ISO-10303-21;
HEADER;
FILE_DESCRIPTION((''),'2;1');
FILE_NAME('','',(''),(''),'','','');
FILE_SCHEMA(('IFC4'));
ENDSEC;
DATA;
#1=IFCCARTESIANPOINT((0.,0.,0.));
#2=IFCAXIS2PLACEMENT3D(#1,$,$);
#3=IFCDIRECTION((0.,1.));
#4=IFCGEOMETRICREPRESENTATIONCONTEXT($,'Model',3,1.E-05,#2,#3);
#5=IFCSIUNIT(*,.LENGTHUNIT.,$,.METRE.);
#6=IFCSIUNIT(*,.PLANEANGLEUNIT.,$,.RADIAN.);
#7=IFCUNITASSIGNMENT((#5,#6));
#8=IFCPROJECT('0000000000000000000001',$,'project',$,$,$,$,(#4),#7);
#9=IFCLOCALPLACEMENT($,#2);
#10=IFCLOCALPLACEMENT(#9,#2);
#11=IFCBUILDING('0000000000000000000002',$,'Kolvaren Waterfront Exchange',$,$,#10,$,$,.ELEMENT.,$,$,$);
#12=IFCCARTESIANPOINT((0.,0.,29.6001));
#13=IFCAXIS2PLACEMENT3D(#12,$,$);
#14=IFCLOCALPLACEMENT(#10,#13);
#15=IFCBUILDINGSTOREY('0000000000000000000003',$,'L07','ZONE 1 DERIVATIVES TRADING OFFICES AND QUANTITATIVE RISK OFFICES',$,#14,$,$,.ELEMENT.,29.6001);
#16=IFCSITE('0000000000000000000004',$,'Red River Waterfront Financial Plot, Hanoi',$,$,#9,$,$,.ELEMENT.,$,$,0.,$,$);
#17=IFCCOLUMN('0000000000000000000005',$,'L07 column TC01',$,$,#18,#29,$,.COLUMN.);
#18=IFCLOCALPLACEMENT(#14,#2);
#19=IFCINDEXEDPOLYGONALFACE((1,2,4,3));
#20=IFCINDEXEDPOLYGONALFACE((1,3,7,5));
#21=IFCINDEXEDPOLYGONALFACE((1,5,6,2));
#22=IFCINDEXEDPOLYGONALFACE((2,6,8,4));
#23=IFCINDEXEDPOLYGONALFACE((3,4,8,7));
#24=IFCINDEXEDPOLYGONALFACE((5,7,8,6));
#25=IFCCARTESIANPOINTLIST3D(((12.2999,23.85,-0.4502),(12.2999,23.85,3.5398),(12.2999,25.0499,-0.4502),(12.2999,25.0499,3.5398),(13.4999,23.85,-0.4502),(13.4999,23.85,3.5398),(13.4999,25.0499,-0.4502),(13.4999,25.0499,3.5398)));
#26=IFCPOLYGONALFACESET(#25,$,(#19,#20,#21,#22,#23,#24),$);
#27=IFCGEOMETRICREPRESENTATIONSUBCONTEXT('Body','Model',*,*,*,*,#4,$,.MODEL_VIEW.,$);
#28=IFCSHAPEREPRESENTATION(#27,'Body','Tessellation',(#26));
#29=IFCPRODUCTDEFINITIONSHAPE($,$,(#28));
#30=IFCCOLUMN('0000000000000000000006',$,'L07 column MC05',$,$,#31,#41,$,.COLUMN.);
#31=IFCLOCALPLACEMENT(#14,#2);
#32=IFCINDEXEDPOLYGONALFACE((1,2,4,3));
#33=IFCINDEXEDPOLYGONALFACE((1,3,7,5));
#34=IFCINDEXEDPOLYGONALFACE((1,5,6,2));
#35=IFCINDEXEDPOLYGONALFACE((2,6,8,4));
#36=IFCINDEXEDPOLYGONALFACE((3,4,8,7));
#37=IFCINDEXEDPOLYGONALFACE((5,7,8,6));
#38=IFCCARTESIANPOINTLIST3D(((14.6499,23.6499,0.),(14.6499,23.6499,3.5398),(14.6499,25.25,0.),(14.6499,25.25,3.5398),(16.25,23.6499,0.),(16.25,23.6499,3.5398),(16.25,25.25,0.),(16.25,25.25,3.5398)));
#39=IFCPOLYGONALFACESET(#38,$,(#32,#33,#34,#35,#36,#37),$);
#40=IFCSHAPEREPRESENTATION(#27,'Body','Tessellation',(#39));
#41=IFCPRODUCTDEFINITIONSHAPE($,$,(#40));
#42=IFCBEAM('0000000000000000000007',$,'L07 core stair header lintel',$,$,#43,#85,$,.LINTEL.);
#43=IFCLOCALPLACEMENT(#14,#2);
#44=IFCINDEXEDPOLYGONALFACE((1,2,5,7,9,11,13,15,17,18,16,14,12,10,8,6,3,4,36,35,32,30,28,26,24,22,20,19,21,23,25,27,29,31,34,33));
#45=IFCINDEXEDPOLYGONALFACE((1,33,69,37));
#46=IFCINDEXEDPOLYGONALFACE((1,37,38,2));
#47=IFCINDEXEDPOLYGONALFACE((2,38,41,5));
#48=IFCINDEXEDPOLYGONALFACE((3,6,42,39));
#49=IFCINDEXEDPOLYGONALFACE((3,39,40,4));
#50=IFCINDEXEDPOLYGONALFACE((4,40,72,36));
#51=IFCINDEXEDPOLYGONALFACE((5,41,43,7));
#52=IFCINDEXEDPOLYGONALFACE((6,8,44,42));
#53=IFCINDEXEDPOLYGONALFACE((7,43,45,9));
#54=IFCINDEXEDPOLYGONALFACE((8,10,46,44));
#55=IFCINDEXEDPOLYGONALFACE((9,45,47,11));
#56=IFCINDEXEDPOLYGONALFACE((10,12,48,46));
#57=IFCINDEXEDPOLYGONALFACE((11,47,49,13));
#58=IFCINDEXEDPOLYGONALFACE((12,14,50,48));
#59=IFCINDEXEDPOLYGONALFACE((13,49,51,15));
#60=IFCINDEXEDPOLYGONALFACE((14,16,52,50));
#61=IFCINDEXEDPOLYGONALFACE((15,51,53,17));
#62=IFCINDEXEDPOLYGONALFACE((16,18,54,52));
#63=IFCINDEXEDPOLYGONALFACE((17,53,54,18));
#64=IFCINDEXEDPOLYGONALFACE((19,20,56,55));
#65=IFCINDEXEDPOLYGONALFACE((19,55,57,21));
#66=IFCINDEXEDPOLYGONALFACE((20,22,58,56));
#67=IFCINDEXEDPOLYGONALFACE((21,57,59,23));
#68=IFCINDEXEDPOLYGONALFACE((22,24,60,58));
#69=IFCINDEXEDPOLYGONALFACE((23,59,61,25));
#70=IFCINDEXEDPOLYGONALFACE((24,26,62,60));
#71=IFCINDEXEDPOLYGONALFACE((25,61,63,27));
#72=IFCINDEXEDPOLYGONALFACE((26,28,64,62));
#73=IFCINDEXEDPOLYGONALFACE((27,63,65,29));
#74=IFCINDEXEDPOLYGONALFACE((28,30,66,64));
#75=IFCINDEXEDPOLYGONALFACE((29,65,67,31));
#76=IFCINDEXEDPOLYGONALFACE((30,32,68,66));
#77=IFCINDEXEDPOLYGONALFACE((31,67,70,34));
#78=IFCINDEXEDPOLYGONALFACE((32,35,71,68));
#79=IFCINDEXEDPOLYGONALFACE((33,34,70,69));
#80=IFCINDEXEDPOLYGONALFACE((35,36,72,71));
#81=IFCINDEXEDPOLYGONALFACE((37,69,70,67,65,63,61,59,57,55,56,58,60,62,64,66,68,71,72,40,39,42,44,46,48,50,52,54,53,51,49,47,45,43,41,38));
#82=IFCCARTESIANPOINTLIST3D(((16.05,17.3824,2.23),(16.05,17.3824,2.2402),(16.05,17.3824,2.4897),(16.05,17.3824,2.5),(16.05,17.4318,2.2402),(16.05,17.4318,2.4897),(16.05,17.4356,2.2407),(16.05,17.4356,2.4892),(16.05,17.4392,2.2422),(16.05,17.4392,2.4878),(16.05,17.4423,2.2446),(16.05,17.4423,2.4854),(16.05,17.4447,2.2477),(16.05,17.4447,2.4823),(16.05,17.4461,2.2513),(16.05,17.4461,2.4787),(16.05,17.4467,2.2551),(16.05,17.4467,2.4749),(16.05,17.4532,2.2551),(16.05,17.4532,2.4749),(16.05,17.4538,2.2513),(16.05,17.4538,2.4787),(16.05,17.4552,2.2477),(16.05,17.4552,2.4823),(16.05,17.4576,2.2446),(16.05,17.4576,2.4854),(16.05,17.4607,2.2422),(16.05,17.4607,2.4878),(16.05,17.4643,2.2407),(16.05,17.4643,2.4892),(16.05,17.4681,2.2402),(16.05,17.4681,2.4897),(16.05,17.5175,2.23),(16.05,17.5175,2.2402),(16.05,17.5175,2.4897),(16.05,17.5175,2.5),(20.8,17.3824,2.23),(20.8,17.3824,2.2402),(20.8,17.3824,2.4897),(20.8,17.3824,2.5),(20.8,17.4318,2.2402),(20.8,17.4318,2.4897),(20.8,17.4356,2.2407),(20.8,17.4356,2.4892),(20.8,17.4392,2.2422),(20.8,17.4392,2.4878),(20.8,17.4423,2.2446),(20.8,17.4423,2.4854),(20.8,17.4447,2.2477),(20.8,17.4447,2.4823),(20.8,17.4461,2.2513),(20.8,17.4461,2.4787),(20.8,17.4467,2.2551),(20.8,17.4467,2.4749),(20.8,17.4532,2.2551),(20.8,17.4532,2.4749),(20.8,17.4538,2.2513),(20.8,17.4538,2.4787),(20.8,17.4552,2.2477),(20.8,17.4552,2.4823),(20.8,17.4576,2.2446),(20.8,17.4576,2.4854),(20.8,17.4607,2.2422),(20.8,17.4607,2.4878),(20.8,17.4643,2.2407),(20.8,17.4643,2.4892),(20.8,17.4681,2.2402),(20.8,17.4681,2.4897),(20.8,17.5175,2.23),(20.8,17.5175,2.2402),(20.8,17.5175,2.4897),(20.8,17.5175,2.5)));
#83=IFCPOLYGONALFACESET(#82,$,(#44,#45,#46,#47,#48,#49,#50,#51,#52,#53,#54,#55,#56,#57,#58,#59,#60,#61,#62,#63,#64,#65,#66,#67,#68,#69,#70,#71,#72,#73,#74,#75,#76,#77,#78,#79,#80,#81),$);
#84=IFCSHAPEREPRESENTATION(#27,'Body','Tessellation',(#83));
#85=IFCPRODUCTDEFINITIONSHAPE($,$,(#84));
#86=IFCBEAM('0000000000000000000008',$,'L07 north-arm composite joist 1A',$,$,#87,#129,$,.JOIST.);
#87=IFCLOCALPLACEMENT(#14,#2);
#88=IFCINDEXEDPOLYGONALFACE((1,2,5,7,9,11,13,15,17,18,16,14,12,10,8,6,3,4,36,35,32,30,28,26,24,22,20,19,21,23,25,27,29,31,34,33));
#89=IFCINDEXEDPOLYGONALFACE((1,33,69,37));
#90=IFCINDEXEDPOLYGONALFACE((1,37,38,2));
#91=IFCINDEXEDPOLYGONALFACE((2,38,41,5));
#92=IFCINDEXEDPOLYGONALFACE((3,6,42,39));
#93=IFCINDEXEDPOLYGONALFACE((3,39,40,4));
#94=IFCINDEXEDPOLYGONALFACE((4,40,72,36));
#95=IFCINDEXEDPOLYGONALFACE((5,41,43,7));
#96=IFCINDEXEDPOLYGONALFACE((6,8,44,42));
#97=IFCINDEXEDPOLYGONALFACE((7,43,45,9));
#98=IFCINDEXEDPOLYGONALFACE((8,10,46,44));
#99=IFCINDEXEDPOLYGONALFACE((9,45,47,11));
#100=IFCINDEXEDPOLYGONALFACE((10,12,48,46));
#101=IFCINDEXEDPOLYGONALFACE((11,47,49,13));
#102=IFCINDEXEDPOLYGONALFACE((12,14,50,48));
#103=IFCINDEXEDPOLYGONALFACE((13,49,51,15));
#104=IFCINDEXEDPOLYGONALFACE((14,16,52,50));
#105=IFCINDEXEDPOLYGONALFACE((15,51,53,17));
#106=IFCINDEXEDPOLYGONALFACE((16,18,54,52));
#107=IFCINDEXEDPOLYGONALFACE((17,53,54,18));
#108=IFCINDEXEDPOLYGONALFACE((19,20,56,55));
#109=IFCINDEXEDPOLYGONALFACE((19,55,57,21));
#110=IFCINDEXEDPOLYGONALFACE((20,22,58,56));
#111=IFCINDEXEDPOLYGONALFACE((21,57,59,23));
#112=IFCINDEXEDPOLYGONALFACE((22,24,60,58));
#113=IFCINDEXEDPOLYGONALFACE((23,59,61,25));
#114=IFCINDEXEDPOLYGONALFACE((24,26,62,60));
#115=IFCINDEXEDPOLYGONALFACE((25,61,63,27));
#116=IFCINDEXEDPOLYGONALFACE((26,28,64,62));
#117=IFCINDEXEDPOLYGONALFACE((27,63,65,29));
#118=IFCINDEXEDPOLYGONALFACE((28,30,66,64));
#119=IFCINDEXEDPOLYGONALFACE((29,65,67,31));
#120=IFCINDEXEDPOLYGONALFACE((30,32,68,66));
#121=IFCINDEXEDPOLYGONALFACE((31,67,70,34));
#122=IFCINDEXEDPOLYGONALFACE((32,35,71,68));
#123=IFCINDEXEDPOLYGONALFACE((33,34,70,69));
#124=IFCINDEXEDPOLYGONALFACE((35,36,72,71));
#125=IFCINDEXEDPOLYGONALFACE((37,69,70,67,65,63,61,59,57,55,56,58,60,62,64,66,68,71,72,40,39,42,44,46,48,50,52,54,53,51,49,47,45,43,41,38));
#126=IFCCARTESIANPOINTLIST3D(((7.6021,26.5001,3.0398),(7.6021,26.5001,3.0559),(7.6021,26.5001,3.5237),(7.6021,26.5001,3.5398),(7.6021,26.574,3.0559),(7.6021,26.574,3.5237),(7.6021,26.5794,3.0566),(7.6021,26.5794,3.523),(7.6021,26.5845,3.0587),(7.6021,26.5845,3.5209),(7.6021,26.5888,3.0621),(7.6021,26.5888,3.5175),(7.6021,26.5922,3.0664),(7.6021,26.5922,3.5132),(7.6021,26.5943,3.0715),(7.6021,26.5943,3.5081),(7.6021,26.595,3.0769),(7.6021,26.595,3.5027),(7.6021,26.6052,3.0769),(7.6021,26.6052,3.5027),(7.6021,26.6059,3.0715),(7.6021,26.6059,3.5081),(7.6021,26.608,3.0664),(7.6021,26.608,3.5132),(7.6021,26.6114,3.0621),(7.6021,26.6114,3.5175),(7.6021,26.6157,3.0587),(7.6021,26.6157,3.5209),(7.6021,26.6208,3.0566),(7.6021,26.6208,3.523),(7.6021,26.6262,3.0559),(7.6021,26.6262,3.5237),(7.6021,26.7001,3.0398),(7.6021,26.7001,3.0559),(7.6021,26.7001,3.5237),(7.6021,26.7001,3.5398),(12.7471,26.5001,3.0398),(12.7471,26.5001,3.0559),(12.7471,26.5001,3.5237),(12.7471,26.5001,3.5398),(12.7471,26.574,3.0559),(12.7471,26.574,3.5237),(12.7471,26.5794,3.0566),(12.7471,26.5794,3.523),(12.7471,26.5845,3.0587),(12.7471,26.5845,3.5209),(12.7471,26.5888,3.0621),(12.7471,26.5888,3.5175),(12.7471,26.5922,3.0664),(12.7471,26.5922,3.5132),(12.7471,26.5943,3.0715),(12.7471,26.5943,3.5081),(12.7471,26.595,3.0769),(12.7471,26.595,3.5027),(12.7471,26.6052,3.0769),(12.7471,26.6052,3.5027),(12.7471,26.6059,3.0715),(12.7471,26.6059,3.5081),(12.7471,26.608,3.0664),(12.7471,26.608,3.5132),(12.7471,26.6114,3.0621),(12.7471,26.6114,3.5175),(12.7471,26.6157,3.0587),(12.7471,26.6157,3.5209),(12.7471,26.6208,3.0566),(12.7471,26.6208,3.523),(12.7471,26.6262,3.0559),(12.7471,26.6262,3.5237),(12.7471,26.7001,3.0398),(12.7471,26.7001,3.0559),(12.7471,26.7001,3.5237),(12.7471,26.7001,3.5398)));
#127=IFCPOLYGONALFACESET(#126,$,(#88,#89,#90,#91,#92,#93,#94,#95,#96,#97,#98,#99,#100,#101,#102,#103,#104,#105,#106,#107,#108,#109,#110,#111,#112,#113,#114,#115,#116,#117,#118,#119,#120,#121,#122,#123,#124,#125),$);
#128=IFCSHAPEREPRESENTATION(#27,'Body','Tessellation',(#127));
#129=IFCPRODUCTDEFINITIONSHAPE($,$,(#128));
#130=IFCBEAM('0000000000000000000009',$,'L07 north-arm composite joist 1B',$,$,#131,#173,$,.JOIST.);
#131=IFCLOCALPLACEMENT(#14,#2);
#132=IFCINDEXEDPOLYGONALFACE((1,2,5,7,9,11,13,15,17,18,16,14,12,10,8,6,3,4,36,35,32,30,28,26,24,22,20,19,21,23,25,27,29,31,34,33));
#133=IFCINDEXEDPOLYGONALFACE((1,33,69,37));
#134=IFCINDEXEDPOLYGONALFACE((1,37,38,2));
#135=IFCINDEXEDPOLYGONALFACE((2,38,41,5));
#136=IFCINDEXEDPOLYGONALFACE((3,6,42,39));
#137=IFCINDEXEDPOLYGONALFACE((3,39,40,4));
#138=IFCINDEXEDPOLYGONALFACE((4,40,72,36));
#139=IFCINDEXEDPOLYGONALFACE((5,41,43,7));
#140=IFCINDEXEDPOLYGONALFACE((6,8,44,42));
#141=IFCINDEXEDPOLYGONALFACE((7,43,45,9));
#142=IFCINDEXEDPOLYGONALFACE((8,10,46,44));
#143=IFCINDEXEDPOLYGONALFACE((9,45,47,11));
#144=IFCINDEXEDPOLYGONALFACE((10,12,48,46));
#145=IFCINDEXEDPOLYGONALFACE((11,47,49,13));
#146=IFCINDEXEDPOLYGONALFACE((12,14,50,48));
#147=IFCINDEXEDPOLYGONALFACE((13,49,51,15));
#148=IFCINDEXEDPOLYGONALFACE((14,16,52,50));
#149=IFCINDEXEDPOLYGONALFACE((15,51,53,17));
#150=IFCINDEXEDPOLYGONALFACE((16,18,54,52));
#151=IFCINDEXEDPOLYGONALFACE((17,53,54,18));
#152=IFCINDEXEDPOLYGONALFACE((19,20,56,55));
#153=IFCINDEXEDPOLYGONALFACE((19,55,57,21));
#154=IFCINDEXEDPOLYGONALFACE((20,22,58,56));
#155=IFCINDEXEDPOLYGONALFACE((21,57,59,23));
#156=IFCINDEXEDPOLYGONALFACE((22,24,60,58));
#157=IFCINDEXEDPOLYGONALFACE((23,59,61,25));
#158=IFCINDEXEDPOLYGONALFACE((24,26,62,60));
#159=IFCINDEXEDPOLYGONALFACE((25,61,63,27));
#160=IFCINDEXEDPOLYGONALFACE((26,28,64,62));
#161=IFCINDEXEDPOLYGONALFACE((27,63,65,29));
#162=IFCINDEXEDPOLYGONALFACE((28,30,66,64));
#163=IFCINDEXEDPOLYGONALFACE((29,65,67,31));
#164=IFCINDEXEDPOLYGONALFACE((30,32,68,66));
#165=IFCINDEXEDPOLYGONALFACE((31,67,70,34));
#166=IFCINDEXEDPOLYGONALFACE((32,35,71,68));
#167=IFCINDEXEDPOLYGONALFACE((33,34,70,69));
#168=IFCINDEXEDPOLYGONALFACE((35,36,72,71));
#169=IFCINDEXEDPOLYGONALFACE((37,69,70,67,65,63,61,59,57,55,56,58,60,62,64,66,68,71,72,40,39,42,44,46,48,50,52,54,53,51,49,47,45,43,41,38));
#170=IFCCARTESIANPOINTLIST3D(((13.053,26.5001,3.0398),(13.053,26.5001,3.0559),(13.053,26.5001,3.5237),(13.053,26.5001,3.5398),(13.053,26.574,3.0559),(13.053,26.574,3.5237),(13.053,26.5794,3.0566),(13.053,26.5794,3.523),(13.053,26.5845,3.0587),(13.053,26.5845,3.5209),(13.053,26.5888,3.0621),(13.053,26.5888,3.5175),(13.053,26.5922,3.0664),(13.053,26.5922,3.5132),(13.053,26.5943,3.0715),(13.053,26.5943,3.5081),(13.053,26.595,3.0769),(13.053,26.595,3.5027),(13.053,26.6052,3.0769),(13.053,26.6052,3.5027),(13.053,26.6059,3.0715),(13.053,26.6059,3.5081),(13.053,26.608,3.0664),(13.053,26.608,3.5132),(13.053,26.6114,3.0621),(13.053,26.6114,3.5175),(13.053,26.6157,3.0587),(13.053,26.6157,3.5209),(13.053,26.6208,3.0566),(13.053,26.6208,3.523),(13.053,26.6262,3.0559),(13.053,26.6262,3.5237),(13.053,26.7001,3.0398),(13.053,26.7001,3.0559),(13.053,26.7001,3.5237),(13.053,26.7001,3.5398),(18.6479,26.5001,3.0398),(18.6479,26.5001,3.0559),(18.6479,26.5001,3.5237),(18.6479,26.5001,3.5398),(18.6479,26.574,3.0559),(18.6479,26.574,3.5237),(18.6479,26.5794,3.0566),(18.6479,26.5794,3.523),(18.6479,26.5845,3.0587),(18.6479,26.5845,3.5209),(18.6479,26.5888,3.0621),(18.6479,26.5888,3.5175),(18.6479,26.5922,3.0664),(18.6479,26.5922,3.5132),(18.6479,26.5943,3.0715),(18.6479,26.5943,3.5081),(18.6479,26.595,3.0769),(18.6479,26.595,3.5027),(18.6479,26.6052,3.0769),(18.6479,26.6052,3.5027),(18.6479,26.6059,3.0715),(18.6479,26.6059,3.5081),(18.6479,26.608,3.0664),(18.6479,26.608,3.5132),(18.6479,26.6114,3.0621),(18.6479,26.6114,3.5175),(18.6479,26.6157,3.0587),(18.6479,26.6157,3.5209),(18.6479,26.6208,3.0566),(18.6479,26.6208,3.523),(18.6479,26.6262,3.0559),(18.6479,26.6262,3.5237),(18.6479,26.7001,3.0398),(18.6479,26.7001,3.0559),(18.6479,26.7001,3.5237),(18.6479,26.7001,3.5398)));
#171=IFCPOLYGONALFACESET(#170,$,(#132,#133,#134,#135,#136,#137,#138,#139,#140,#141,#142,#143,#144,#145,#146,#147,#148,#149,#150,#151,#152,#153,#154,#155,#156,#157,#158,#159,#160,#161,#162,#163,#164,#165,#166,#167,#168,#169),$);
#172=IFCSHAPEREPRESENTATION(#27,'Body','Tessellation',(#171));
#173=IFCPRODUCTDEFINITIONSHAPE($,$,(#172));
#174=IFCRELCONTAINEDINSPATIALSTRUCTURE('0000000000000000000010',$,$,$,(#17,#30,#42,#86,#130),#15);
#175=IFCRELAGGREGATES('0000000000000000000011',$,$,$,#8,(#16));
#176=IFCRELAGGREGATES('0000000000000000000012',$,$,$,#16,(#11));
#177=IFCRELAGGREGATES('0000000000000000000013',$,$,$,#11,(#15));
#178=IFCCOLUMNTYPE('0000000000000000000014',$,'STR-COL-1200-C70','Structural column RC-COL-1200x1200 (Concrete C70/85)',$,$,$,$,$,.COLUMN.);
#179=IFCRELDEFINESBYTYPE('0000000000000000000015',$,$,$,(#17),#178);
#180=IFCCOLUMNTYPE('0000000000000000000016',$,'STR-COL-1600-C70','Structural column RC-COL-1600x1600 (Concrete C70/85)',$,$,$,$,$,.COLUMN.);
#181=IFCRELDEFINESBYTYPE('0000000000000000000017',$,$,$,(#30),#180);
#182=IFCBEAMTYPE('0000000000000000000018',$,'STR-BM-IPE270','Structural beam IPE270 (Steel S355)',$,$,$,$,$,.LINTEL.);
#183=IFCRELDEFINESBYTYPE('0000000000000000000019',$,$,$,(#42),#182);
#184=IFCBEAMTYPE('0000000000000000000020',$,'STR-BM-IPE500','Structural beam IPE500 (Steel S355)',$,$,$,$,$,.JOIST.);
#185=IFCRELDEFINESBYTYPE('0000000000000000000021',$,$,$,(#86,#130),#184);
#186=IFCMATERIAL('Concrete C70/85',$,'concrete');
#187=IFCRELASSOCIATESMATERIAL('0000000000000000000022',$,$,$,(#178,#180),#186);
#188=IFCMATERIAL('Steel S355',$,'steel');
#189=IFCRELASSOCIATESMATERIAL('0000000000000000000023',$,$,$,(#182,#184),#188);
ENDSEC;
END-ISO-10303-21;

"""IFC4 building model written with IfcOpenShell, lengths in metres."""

from ifc_helpers import new_model, si_unit, direction, frame, origin, origin_2d, place, context, subcontext, project, spatial, rectangle, i_section, extrude, material, material_profile, profile_set, type_object, element, save


model = new_model("IFC4")

# Units and contexts
model_context = context("Model", 3, precision=1e-05, world=origin(), true_north=direction((0.0, 1.0)))
body_context = subcontext(model_context, "Body", "Model", "MODEL_VIEW")
ifc_project = project(units=[si_unit("LENGTHUNIT", "METRE"), si_unit("PLANEANGLEUNIT", "RADIAN")], contexts=[model_context])

# Site, building, storey
site_placement = place(None, origin())
site = spatial("IfcSite", under=ifc_project, at=site_placement, Name="Red River Waterfront Financial Plot, Hanoi", CompositionType="ELEMENT", RefElevation=0.0)
building_placement = place(site_placement, origin())
building = spatial("IfcBuilding", under=site, at=building_placement, Name="Kolvaren Waterfront Exchange", CompositionType="ELEMENT")
storey_placement = place(building_placement, frame((0.0, 0.0, 29.6001)))
storey = spatial("IfcBuildingStorey", under=building, at=storey_placement, Name="L07", Description="ZONE 1 DERIVATIVES TRADING OFFICES AND QUANTITATIVE RISK OFFICES", CompositionType="ELEMENT", Elevation=29.6001)

# Columns
ifc_material_1 = material(Name="Concrete C70/85", Category="concrete")
ifc_material_profile_1 = material_profile(ifc_material_1, rectangle(XDim=1.2, YDim=1.2, at=origin_2d()), Name="RC-COL-1200x1200")
ifc_profile_set_1 = profile_set([ifc_material_profile_1], Name="Concrete C70/85")
column_type_1 = type_object("IfcColumnType", Name="STR-COL-1200-C70", Description="Structural column RC-COL-1200x1200 (Concrete C70/85)", PredefinedType="COLUMN", material=ifc_profile_set_1)
column_1_placement = place(storey_placement, frame((12.8999, 24.45, -0.4502), z_axis=(0.0, 0.0, 1.0), x_axis=(1.0, 0.0, 0.0)))
element("IfcColumn", 1, at=column_1_placement, inside=storey, type_object=column_type_1, Name="L07 column TC01", PredefinedType="COLUMN", context=body_context, shape_type="SweptSolid", body=[
    extrude(rectangle(XDim=1.2, YDim=1.2, at=origin_2d()), origin(), (0.0, 0.0, 1.0), 3.99),
])
ifc_material_profile_2 = material_profile(ifc_material_1, rectangle(XDim=1.6001, YDim=1.6001, at=origin_2d()), Name="RC-COL-1600x1600")
ifc_profile_set_2 = profile_set([ifc_material_profile_2], Name="Concrete C70/85")
column_type_2 = type_object("IfcColumnType", Name="STR-COL-1600-C70", Description="Structural column RC-COL-1600x1600 (Concrete C70/85)", PredefinedType="COLUMN", material=ifc_profile_set_2)
column_2_placement = place(storey_placement, frame((15.45, 24.45, 0.0), z_axis=(0.0, 0.0, 1.0), x_axis=(1.0, 0.0, 0.0)))
element("IfcColumn", 2, at=column_2_placement, inside=storey, type_object=column_type_2, Name="L07 column MC05", PredefinedType="COLUMN", context=body_context, shape_type="SweptSolid", body=[
    extrude(rectangle(XDim=1.6001, YDim=1.6001, at=origin_2d()), origin(), (0.0, 0.0, 1.0), 3.5398),
])

# Beams
ifc_material_2 = material(Name="Steel S355", Category="steel")
ifc_material_profile_3 = material_profile(ifc_material_2, i_section(OverallWidth=0.135, OverallDepth=0.27, WebThickness=0.0066, FlangeThickness=0.0103, FilletRadius=0.0149, at=origin_2d()), Name="IPE270")
ifc_profile_set_3 = profile_set([ifc_material_profile_3], Name="Steel S355")
beam_type_1 = type_object("IfcBeamType", Name="STR-BM-IPE270", Description="Structural beam IPE270 (Steel S355)", PredefinedType="LINTEL", material=ifc_profile_set_3)
beam_1_placement = place(storey_placement, frame((16.05, 17.45, 2.365), z_axis=(1.0, 0.0, 0.0), x_axis=(0.0, 1.0, 0.0)))
element("IfcBeam", 3, at=beam_1_placement, inside=storey, type_object=beam_type_1, Name="L07 core stair header lintel", PredefinedType="LINTEL", context=body_context, shape_type="SweptSolid", body=[
    extrude(i_section(OverallWidth=0.135, OverallDepth=0.27, WebThickness=0.0066, FlangeThickness=0.0103, FilletRadius=0.0149, at=origin_2d()), origin(), (0.0, 0.0, 1.0), 4.75),
])
ifc_material_profile_4 = material_profile(ifc_material_2, i_section(OverallWidth=0.2, OverallDepth=0.5, WebThickness=0.0103, FlangeThickness=0.0161, FilletRadius=0.021, at=origin_2d()), Name="IPE500")
ifc_profile_set_4 = profile_set([ifc_material_profile_4], Name="Steel S355")
beam_type_2 = type_object("IfcBeamType", Name="STR-BM-IPE500", Description="Structural beam IPE500 (Steel S355)", PredefinedType="JOIST", material=ifc_profile_set_4)
beam_2_placement = place(storey_placement, frame((7.6021, 26.6001, 3.2898), z_axis=(1.0, 0.0, 0.0), x_axis=(0.0, 1.0, 0.0)))
element("IfcBeam", 4, at=beam_2_placement, inside=storey, type_object=beam_type_2, Name="L07 north-arm composite joist 1A", PredefinedType="JOIST", context=body_context, shape_type="SweptSolid", body=[
    extrude(i_section(OverallWidth=0.2, OverallDepth=0.5, WebThickness=0.0103, FlangeThickness=0.0161, FilletRadius=0.021, at=origin_2d()), origin(), (0.0, 0.0, 1.0), 5.145),
])
beam_3_placement = place(storey_placement, frame((13.053, 26.6001, 3.2898), z_axis=(1.0, 0.0, 0.0), x_axis=(0.0, 1.0, 0.0)))
element("IfcBeam", 5, at=beam_3_placement, inside=storey, type_object=beam_type_2, Name="L07 north-arm composite joist 1B", PredefinedType="JOIST", context=body_context, shape_type="SweptSolid", body=[
    extrude(i_section(OverallWidth=0.2, OverallDepth=0.5, WebThickness=0.0103, FlangeThickness=0.0161, FilletRadius=0.021, at=origin_2d()), origin(), (0.0, 0.0, 1.0), 5.595),
])

save(model, "model.ifc")
